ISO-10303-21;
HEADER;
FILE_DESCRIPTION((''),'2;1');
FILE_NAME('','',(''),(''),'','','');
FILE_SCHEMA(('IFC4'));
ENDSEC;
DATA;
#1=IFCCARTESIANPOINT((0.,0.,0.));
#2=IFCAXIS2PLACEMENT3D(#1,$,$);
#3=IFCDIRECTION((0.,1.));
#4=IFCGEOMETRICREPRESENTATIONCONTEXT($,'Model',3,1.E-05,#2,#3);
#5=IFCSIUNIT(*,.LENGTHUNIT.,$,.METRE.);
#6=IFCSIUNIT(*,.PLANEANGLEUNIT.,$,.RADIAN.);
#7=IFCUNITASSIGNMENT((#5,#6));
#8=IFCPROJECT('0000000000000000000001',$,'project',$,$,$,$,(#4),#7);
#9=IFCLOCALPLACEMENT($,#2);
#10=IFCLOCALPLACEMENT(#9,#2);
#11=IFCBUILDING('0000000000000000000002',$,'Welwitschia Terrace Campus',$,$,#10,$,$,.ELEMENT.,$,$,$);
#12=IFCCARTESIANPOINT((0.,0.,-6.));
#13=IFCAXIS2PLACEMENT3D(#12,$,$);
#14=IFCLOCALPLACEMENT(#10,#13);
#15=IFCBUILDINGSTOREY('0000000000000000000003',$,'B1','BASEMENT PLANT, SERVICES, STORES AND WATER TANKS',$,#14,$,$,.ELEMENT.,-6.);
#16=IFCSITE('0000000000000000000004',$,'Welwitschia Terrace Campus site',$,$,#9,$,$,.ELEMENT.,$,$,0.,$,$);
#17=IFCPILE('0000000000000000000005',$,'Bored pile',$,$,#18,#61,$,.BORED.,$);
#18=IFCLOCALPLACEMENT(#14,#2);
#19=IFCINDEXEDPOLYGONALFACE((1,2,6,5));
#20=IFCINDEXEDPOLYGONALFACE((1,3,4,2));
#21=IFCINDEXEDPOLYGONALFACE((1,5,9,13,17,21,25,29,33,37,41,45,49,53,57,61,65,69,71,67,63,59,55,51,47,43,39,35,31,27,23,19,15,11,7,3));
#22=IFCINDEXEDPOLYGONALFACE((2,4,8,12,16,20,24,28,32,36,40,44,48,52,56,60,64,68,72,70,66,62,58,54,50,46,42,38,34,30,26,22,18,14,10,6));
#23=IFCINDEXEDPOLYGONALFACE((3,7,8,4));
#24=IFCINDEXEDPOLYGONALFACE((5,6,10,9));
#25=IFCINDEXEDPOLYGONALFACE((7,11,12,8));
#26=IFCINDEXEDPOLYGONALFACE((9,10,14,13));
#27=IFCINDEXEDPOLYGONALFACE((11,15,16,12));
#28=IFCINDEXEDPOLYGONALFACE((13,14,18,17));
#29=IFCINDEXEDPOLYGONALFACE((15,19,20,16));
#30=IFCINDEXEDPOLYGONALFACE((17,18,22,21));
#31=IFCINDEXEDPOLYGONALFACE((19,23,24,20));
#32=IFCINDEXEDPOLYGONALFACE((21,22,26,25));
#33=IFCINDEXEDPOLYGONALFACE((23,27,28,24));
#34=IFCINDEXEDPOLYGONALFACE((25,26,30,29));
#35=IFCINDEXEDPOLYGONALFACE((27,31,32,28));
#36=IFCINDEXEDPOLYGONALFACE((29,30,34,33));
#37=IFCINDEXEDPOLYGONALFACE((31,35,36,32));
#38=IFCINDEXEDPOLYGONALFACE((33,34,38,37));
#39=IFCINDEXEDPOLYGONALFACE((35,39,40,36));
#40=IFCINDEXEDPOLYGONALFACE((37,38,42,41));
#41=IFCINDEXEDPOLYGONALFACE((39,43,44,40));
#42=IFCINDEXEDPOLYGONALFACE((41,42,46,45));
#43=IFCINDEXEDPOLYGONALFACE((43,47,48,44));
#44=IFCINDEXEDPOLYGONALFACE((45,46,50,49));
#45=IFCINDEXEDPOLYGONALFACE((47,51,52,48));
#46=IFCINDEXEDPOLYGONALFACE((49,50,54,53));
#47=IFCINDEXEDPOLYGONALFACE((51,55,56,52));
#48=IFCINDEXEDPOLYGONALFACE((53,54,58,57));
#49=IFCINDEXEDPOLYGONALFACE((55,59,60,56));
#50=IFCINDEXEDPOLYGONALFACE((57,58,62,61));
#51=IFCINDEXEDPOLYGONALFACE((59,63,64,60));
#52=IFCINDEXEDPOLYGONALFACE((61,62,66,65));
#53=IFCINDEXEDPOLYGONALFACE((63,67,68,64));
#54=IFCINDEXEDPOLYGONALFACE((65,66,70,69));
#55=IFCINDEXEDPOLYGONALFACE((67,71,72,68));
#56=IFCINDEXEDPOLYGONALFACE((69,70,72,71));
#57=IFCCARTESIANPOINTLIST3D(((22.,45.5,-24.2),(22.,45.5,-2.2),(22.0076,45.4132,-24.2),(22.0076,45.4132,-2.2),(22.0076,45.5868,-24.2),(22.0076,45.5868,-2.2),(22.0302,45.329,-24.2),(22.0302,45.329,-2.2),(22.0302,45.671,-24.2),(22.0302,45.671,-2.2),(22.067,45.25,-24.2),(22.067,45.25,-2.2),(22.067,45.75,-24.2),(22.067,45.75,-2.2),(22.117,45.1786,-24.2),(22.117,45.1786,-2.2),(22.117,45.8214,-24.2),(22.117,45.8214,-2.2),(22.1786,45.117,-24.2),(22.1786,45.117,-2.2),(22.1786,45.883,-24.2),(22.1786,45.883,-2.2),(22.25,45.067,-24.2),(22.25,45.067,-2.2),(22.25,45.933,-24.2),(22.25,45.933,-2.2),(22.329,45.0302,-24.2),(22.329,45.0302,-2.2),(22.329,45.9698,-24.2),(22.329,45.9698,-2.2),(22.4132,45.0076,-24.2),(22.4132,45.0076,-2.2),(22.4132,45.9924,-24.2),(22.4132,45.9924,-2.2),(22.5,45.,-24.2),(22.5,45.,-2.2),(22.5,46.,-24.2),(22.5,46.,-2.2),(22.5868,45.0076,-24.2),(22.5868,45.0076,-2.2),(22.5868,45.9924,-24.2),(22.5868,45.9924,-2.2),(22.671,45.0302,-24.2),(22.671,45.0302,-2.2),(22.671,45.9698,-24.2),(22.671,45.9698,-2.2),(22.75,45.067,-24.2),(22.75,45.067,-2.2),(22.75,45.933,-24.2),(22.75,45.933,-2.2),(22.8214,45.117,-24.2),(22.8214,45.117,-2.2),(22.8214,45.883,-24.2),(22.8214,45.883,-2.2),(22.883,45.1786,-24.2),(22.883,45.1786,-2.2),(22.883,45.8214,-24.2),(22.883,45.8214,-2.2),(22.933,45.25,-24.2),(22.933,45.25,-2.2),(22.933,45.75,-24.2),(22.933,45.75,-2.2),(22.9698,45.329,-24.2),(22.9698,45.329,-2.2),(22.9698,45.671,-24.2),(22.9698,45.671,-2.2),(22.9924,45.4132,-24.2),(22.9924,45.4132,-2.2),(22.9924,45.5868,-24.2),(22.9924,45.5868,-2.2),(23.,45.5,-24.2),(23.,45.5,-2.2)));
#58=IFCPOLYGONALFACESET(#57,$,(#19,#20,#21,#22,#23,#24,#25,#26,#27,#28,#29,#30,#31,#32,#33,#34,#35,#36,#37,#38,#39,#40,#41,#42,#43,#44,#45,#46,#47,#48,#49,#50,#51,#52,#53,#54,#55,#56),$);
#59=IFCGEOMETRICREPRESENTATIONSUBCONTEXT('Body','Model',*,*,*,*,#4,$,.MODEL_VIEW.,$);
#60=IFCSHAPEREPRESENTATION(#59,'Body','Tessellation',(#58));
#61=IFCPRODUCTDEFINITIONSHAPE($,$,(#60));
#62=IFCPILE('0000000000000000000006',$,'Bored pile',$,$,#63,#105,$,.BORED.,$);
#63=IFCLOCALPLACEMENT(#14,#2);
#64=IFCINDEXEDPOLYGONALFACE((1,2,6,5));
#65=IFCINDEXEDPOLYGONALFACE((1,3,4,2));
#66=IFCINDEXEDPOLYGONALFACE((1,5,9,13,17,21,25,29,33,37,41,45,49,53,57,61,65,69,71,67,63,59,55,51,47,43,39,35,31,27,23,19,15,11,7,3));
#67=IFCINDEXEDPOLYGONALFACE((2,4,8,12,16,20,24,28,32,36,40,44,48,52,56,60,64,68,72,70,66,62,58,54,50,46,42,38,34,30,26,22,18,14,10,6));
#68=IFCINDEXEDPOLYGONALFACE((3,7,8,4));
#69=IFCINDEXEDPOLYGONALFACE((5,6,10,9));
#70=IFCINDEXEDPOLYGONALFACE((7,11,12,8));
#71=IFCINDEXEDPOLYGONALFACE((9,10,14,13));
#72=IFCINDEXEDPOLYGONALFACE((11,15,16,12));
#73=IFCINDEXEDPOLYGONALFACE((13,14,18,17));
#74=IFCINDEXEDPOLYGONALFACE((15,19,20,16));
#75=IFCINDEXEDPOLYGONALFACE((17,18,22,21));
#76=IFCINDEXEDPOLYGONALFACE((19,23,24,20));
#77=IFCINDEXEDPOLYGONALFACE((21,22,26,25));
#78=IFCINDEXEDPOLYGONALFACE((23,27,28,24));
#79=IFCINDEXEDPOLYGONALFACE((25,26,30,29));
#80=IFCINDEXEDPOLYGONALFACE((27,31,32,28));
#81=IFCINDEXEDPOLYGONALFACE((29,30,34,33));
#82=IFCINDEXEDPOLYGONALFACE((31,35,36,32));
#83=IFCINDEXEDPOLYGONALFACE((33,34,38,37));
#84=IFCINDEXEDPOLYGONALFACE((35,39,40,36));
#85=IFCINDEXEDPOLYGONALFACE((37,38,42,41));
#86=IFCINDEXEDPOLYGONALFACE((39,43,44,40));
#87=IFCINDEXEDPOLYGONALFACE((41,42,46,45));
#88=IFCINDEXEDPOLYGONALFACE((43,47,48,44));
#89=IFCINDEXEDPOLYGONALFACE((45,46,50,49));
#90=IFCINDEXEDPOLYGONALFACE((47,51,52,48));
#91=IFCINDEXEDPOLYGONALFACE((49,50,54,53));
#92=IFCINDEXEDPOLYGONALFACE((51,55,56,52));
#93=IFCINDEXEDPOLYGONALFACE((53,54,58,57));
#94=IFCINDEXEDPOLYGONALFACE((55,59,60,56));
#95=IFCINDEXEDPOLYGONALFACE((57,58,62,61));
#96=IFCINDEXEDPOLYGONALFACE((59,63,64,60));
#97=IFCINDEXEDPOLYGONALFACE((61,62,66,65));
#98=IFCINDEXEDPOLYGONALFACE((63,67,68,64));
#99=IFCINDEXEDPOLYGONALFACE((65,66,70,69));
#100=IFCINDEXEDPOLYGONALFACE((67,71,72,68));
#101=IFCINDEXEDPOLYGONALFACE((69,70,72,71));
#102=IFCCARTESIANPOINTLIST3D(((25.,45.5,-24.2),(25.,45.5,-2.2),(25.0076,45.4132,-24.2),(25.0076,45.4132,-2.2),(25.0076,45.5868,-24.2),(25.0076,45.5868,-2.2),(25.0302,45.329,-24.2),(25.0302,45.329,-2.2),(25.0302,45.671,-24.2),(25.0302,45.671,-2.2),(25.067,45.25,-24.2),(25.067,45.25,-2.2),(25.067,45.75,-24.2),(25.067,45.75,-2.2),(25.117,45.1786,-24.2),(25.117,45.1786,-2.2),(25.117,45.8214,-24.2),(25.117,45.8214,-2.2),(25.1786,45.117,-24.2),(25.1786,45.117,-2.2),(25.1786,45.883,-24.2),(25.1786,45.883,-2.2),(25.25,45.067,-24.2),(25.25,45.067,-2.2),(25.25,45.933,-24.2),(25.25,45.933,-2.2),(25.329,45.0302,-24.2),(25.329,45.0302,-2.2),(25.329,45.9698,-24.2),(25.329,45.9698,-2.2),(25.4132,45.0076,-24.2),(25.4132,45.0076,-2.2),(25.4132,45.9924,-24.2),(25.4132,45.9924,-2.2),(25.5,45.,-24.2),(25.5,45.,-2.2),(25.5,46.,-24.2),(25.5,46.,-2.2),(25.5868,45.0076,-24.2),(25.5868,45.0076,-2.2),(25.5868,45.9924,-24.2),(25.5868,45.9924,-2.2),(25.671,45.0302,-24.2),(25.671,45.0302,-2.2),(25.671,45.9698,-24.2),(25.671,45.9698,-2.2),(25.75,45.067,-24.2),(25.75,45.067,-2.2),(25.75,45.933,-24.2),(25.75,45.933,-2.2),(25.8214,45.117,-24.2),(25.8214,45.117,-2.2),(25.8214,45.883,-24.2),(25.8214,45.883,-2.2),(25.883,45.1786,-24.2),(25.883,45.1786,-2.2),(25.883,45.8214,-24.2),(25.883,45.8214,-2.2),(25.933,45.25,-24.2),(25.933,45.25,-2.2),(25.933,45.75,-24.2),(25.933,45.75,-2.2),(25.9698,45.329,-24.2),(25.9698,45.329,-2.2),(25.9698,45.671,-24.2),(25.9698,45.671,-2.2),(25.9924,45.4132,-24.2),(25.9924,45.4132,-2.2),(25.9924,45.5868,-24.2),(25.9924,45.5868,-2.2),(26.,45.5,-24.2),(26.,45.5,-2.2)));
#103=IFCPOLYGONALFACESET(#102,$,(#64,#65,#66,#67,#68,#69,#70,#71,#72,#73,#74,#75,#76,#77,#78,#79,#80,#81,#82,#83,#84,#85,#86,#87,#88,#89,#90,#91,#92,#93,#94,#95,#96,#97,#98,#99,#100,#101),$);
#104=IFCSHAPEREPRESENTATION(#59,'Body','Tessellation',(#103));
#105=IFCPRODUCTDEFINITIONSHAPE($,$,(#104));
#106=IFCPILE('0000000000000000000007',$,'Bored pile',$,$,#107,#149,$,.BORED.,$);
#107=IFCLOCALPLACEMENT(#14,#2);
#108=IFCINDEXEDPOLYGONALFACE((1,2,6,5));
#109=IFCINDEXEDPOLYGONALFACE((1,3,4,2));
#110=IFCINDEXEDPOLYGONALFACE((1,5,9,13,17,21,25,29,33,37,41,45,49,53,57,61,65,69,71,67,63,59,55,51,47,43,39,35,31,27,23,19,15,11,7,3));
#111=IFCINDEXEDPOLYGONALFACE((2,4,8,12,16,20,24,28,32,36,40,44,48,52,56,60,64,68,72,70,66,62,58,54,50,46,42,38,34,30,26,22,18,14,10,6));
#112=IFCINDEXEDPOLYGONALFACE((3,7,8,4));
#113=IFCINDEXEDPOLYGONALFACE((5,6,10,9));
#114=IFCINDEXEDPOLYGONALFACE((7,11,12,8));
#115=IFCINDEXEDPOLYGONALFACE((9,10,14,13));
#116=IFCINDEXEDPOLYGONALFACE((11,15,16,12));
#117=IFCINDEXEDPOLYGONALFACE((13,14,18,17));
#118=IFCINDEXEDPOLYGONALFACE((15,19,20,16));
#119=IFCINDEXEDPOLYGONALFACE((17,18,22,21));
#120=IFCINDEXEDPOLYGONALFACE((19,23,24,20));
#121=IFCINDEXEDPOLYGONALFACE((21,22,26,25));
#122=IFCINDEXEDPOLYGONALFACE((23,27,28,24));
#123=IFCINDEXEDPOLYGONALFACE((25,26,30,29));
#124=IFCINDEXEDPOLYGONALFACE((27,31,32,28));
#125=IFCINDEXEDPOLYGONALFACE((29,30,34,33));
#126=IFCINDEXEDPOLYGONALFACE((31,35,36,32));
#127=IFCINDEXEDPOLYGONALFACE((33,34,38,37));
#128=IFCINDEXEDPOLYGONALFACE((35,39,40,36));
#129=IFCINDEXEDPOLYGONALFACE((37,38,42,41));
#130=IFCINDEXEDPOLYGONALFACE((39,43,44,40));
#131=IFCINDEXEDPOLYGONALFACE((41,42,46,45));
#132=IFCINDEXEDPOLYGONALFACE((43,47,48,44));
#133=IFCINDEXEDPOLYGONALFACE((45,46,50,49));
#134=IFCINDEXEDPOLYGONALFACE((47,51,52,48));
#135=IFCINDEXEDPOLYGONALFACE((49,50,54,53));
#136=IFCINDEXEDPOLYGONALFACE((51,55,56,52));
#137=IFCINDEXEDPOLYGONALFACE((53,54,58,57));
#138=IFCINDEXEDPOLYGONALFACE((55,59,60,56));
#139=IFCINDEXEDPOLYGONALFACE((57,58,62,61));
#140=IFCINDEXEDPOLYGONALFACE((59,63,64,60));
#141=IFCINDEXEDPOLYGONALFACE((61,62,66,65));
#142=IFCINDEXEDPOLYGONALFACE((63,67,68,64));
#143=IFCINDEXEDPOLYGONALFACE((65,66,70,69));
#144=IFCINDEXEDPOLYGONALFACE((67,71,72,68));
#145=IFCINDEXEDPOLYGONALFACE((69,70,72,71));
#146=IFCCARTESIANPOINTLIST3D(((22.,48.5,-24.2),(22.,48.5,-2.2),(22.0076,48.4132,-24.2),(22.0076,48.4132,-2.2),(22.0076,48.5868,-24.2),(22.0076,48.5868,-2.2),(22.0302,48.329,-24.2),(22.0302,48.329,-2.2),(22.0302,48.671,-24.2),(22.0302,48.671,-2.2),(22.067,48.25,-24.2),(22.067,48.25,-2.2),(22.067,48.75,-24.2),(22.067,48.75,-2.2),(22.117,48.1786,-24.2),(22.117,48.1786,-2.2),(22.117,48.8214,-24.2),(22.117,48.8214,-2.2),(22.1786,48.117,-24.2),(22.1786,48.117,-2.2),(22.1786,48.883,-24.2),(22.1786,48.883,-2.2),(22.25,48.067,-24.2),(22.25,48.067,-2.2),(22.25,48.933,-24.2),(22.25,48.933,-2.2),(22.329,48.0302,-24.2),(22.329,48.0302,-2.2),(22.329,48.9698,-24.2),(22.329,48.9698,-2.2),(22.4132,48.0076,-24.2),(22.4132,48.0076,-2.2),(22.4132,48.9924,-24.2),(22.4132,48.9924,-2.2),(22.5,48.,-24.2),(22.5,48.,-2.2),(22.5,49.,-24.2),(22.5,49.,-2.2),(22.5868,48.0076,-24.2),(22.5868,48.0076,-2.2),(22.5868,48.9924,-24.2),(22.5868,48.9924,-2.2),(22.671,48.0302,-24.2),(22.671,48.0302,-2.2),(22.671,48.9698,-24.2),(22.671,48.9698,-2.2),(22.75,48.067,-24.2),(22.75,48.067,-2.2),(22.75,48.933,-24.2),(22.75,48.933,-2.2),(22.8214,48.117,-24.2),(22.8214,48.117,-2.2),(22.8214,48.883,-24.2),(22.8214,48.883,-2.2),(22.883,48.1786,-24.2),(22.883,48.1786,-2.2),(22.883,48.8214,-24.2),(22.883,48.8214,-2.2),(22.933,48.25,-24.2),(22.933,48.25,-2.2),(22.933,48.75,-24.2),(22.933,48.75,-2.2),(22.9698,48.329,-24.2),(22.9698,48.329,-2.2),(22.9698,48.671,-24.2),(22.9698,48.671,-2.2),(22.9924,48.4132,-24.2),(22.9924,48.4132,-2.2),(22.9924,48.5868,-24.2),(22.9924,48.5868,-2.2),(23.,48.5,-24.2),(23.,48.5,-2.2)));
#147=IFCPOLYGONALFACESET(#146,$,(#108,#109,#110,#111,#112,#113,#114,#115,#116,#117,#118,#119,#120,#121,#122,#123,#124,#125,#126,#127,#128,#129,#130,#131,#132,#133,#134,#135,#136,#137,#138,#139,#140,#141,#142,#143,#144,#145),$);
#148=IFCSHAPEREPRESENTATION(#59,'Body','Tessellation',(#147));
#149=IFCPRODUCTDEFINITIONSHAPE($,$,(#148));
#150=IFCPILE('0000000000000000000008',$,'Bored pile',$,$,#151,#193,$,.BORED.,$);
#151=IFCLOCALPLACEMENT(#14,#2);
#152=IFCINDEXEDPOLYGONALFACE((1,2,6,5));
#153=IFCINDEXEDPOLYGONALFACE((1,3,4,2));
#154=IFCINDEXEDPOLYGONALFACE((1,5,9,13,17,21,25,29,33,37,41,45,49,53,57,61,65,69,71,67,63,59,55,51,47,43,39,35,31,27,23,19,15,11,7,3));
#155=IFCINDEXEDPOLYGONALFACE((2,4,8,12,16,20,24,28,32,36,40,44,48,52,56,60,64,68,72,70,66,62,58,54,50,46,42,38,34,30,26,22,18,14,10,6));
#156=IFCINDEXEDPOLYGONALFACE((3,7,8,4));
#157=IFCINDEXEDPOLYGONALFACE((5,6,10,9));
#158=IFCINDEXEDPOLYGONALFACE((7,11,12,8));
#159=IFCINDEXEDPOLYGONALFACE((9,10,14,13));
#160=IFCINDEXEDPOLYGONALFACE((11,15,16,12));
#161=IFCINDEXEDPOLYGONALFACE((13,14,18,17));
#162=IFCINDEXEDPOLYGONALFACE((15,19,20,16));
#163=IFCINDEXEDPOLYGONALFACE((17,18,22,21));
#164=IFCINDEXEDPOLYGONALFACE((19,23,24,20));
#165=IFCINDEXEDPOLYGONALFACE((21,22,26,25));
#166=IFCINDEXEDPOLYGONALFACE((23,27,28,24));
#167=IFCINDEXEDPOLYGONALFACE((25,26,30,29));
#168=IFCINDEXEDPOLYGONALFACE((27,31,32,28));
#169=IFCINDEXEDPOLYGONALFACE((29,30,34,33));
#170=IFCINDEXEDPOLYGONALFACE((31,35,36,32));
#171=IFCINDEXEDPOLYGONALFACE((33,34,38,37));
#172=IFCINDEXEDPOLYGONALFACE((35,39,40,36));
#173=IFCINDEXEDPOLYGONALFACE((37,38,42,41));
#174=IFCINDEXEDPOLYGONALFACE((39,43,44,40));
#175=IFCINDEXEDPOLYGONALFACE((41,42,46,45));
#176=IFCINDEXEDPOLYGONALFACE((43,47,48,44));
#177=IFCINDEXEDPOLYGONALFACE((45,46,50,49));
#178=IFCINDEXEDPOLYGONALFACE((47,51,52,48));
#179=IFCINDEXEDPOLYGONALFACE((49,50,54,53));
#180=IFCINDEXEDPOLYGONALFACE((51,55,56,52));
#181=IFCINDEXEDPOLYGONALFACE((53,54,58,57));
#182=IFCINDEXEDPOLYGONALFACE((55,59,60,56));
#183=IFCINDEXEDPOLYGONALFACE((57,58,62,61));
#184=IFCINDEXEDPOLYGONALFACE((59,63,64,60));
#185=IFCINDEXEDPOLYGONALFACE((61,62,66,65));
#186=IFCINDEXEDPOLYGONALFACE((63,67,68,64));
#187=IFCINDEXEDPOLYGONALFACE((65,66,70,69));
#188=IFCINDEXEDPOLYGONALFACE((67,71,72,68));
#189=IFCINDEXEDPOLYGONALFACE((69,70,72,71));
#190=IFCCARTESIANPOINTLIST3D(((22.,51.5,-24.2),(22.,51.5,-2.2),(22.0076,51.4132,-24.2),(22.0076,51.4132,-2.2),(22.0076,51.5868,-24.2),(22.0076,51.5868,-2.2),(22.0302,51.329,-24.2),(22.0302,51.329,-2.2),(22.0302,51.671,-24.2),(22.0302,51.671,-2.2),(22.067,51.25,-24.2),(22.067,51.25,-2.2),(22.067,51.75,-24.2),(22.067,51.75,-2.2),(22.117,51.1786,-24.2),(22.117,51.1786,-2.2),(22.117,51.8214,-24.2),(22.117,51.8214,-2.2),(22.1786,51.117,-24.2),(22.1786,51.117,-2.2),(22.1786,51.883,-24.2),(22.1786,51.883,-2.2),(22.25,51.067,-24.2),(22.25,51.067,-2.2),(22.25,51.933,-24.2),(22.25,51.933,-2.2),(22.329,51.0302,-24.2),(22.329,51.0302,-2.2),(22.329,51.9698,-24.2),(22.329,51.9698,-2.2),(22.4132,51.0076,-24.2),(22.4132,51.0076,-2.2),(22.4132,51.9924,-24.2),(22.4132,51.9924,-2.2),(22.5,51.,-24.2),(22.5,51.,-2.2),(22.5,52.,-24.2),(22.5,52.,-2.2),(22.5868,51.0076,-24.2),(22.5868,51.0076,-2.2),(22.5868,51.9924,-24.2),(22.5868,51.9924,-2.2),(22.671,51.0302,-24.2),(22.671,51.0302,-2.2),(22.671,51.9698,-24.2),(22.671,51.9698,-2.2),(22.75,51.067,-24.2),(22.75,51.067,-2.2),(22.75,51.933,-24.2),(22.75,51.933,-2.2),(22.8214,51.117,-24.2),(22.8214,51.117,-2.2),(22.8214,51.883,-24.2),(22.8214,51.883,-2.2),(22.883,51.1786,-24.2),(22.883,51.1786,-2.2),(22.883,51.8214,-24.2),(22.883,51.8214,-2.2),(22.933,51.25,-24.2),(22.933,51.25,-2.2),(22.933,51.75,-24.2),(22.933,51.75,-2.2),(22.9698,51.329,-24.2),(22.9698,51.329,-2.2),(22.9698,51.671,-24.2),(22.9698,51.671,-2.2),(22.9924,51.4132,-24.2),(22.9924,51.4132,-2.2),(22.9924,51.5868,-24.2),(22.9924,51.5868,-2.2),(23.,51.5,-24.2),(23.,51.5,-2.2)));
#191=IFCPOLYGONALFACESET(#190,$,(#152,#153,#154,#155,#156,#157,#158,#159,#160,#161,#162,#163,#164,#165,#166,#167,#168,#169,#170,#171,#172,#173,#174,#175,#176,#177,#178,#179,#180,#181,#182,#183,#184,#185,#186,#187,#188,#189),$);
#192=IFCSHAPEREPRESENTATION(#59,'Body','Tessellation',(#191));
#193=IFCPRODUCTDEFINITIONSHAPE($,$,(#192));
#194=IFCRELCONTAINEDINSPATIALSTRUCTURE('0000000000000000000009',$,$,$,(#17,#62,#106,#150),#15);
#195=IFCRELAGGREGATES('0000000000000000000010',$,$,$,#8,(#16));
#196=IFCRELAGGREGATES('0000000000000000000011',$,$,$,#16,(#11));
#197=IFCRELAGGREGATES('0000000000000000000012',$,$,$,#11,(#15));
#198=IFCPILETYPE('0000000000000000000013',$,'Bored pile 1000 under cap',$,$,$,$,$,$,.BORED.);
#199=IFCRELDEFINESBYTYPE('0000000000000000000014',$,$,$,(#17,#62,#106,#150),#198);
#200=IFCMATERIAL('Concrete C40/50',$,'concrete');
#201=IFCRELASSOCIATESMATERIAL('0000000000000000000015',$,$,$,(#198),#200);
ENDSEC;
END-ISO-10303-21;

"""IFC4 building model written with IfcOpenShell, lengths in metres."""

from ifc_helpers import new_model, si_unit, direction, frame, origin, origin_2d, place, context, subcontext, project, spatial, circle, extrude, material, type_object, element, save


model = new_model("IFC4")

# Units and contexts
model_context = context("Model", 3, precision=1e-05, world=origin(), true_north=direction((0.0, 1.0)))
body_context = subcontext(model_context, "Body", "Model", "MODEL_VIEW")
ifc_project = project(units=[si_unit("LENGTHUNIT", "METRE"), si_unit("PLANEANGLEUNIT", "RADIAN")], contexts=[model_context])

# Site, building, storey
site_placement = place(None, origin())
site = spatial("IfcSite", under=ifc_project, at=site_placement, Name="Welwitschia Terrace Campus site", CompositionType="ELEMENT", RefElevation=0.0)
building_placement = place(site_placement, origin())
building = spatial("IfcBuilding", under=site, at=building_placement, Name="Welwitschia Terrace Campus", CompositionType="ELEMENT")
storey_placement = place(building_placement, frame((0.0, 0.0, -6.0)))
storey = spatial("IfcBuildingStorey", under=building, at=storey_placement, Name="B1", Description="BASEMENT PLANT, SERVICES, STORES AND WATER TANKS", CompositionType="ELEMENT", Elevation=-6.0)

# Piles
ifc_material_1 = material(Name="Concrete C40/50", Category="concrete")
pile_type = type_object("IfcPileType", Name="Bored pile 1000 under cap", PredefinedType="BORED", material=ifc_material_1)
for number, where, z_axis, x_axis, name in (
    (1, (22.5, 45.5, -2.2), (0.0, 0.0, -1.0), (1.0, 0.0, 0.0), "Bored pile"),
    (2, (25.5, 45.5, -2.2), (0.0, 0.0, -1.0), (1.0, 0.0, 0.0), "Bored pile"),
    (3, (22.5, 48.5, -2.2), (0.0, 0.0, -1.0), (1.0, 0.0, 0.0), "Bored pile"),
    (4, (22.5, 51.5, -2.2), (0.0, 0.0, -1.0), (1.0, 0.0, 0.0), "Bored pile"),
):
    element("IfcPile", number, at=place(storey_placement, frame(where, z_axis=z_axis, x_axis=x_axis)), inside=storey, type_object=pile_type, Name=name, PredefinedType="BORED", context=body_context, shape_type="SweptSolid", body=[
        extrude(circle(Radius=0.5, at=origin_2d()), origin(), (0.0, 0.0, 1.0), 22.0),
    ])

save(model, "model.ifc")
